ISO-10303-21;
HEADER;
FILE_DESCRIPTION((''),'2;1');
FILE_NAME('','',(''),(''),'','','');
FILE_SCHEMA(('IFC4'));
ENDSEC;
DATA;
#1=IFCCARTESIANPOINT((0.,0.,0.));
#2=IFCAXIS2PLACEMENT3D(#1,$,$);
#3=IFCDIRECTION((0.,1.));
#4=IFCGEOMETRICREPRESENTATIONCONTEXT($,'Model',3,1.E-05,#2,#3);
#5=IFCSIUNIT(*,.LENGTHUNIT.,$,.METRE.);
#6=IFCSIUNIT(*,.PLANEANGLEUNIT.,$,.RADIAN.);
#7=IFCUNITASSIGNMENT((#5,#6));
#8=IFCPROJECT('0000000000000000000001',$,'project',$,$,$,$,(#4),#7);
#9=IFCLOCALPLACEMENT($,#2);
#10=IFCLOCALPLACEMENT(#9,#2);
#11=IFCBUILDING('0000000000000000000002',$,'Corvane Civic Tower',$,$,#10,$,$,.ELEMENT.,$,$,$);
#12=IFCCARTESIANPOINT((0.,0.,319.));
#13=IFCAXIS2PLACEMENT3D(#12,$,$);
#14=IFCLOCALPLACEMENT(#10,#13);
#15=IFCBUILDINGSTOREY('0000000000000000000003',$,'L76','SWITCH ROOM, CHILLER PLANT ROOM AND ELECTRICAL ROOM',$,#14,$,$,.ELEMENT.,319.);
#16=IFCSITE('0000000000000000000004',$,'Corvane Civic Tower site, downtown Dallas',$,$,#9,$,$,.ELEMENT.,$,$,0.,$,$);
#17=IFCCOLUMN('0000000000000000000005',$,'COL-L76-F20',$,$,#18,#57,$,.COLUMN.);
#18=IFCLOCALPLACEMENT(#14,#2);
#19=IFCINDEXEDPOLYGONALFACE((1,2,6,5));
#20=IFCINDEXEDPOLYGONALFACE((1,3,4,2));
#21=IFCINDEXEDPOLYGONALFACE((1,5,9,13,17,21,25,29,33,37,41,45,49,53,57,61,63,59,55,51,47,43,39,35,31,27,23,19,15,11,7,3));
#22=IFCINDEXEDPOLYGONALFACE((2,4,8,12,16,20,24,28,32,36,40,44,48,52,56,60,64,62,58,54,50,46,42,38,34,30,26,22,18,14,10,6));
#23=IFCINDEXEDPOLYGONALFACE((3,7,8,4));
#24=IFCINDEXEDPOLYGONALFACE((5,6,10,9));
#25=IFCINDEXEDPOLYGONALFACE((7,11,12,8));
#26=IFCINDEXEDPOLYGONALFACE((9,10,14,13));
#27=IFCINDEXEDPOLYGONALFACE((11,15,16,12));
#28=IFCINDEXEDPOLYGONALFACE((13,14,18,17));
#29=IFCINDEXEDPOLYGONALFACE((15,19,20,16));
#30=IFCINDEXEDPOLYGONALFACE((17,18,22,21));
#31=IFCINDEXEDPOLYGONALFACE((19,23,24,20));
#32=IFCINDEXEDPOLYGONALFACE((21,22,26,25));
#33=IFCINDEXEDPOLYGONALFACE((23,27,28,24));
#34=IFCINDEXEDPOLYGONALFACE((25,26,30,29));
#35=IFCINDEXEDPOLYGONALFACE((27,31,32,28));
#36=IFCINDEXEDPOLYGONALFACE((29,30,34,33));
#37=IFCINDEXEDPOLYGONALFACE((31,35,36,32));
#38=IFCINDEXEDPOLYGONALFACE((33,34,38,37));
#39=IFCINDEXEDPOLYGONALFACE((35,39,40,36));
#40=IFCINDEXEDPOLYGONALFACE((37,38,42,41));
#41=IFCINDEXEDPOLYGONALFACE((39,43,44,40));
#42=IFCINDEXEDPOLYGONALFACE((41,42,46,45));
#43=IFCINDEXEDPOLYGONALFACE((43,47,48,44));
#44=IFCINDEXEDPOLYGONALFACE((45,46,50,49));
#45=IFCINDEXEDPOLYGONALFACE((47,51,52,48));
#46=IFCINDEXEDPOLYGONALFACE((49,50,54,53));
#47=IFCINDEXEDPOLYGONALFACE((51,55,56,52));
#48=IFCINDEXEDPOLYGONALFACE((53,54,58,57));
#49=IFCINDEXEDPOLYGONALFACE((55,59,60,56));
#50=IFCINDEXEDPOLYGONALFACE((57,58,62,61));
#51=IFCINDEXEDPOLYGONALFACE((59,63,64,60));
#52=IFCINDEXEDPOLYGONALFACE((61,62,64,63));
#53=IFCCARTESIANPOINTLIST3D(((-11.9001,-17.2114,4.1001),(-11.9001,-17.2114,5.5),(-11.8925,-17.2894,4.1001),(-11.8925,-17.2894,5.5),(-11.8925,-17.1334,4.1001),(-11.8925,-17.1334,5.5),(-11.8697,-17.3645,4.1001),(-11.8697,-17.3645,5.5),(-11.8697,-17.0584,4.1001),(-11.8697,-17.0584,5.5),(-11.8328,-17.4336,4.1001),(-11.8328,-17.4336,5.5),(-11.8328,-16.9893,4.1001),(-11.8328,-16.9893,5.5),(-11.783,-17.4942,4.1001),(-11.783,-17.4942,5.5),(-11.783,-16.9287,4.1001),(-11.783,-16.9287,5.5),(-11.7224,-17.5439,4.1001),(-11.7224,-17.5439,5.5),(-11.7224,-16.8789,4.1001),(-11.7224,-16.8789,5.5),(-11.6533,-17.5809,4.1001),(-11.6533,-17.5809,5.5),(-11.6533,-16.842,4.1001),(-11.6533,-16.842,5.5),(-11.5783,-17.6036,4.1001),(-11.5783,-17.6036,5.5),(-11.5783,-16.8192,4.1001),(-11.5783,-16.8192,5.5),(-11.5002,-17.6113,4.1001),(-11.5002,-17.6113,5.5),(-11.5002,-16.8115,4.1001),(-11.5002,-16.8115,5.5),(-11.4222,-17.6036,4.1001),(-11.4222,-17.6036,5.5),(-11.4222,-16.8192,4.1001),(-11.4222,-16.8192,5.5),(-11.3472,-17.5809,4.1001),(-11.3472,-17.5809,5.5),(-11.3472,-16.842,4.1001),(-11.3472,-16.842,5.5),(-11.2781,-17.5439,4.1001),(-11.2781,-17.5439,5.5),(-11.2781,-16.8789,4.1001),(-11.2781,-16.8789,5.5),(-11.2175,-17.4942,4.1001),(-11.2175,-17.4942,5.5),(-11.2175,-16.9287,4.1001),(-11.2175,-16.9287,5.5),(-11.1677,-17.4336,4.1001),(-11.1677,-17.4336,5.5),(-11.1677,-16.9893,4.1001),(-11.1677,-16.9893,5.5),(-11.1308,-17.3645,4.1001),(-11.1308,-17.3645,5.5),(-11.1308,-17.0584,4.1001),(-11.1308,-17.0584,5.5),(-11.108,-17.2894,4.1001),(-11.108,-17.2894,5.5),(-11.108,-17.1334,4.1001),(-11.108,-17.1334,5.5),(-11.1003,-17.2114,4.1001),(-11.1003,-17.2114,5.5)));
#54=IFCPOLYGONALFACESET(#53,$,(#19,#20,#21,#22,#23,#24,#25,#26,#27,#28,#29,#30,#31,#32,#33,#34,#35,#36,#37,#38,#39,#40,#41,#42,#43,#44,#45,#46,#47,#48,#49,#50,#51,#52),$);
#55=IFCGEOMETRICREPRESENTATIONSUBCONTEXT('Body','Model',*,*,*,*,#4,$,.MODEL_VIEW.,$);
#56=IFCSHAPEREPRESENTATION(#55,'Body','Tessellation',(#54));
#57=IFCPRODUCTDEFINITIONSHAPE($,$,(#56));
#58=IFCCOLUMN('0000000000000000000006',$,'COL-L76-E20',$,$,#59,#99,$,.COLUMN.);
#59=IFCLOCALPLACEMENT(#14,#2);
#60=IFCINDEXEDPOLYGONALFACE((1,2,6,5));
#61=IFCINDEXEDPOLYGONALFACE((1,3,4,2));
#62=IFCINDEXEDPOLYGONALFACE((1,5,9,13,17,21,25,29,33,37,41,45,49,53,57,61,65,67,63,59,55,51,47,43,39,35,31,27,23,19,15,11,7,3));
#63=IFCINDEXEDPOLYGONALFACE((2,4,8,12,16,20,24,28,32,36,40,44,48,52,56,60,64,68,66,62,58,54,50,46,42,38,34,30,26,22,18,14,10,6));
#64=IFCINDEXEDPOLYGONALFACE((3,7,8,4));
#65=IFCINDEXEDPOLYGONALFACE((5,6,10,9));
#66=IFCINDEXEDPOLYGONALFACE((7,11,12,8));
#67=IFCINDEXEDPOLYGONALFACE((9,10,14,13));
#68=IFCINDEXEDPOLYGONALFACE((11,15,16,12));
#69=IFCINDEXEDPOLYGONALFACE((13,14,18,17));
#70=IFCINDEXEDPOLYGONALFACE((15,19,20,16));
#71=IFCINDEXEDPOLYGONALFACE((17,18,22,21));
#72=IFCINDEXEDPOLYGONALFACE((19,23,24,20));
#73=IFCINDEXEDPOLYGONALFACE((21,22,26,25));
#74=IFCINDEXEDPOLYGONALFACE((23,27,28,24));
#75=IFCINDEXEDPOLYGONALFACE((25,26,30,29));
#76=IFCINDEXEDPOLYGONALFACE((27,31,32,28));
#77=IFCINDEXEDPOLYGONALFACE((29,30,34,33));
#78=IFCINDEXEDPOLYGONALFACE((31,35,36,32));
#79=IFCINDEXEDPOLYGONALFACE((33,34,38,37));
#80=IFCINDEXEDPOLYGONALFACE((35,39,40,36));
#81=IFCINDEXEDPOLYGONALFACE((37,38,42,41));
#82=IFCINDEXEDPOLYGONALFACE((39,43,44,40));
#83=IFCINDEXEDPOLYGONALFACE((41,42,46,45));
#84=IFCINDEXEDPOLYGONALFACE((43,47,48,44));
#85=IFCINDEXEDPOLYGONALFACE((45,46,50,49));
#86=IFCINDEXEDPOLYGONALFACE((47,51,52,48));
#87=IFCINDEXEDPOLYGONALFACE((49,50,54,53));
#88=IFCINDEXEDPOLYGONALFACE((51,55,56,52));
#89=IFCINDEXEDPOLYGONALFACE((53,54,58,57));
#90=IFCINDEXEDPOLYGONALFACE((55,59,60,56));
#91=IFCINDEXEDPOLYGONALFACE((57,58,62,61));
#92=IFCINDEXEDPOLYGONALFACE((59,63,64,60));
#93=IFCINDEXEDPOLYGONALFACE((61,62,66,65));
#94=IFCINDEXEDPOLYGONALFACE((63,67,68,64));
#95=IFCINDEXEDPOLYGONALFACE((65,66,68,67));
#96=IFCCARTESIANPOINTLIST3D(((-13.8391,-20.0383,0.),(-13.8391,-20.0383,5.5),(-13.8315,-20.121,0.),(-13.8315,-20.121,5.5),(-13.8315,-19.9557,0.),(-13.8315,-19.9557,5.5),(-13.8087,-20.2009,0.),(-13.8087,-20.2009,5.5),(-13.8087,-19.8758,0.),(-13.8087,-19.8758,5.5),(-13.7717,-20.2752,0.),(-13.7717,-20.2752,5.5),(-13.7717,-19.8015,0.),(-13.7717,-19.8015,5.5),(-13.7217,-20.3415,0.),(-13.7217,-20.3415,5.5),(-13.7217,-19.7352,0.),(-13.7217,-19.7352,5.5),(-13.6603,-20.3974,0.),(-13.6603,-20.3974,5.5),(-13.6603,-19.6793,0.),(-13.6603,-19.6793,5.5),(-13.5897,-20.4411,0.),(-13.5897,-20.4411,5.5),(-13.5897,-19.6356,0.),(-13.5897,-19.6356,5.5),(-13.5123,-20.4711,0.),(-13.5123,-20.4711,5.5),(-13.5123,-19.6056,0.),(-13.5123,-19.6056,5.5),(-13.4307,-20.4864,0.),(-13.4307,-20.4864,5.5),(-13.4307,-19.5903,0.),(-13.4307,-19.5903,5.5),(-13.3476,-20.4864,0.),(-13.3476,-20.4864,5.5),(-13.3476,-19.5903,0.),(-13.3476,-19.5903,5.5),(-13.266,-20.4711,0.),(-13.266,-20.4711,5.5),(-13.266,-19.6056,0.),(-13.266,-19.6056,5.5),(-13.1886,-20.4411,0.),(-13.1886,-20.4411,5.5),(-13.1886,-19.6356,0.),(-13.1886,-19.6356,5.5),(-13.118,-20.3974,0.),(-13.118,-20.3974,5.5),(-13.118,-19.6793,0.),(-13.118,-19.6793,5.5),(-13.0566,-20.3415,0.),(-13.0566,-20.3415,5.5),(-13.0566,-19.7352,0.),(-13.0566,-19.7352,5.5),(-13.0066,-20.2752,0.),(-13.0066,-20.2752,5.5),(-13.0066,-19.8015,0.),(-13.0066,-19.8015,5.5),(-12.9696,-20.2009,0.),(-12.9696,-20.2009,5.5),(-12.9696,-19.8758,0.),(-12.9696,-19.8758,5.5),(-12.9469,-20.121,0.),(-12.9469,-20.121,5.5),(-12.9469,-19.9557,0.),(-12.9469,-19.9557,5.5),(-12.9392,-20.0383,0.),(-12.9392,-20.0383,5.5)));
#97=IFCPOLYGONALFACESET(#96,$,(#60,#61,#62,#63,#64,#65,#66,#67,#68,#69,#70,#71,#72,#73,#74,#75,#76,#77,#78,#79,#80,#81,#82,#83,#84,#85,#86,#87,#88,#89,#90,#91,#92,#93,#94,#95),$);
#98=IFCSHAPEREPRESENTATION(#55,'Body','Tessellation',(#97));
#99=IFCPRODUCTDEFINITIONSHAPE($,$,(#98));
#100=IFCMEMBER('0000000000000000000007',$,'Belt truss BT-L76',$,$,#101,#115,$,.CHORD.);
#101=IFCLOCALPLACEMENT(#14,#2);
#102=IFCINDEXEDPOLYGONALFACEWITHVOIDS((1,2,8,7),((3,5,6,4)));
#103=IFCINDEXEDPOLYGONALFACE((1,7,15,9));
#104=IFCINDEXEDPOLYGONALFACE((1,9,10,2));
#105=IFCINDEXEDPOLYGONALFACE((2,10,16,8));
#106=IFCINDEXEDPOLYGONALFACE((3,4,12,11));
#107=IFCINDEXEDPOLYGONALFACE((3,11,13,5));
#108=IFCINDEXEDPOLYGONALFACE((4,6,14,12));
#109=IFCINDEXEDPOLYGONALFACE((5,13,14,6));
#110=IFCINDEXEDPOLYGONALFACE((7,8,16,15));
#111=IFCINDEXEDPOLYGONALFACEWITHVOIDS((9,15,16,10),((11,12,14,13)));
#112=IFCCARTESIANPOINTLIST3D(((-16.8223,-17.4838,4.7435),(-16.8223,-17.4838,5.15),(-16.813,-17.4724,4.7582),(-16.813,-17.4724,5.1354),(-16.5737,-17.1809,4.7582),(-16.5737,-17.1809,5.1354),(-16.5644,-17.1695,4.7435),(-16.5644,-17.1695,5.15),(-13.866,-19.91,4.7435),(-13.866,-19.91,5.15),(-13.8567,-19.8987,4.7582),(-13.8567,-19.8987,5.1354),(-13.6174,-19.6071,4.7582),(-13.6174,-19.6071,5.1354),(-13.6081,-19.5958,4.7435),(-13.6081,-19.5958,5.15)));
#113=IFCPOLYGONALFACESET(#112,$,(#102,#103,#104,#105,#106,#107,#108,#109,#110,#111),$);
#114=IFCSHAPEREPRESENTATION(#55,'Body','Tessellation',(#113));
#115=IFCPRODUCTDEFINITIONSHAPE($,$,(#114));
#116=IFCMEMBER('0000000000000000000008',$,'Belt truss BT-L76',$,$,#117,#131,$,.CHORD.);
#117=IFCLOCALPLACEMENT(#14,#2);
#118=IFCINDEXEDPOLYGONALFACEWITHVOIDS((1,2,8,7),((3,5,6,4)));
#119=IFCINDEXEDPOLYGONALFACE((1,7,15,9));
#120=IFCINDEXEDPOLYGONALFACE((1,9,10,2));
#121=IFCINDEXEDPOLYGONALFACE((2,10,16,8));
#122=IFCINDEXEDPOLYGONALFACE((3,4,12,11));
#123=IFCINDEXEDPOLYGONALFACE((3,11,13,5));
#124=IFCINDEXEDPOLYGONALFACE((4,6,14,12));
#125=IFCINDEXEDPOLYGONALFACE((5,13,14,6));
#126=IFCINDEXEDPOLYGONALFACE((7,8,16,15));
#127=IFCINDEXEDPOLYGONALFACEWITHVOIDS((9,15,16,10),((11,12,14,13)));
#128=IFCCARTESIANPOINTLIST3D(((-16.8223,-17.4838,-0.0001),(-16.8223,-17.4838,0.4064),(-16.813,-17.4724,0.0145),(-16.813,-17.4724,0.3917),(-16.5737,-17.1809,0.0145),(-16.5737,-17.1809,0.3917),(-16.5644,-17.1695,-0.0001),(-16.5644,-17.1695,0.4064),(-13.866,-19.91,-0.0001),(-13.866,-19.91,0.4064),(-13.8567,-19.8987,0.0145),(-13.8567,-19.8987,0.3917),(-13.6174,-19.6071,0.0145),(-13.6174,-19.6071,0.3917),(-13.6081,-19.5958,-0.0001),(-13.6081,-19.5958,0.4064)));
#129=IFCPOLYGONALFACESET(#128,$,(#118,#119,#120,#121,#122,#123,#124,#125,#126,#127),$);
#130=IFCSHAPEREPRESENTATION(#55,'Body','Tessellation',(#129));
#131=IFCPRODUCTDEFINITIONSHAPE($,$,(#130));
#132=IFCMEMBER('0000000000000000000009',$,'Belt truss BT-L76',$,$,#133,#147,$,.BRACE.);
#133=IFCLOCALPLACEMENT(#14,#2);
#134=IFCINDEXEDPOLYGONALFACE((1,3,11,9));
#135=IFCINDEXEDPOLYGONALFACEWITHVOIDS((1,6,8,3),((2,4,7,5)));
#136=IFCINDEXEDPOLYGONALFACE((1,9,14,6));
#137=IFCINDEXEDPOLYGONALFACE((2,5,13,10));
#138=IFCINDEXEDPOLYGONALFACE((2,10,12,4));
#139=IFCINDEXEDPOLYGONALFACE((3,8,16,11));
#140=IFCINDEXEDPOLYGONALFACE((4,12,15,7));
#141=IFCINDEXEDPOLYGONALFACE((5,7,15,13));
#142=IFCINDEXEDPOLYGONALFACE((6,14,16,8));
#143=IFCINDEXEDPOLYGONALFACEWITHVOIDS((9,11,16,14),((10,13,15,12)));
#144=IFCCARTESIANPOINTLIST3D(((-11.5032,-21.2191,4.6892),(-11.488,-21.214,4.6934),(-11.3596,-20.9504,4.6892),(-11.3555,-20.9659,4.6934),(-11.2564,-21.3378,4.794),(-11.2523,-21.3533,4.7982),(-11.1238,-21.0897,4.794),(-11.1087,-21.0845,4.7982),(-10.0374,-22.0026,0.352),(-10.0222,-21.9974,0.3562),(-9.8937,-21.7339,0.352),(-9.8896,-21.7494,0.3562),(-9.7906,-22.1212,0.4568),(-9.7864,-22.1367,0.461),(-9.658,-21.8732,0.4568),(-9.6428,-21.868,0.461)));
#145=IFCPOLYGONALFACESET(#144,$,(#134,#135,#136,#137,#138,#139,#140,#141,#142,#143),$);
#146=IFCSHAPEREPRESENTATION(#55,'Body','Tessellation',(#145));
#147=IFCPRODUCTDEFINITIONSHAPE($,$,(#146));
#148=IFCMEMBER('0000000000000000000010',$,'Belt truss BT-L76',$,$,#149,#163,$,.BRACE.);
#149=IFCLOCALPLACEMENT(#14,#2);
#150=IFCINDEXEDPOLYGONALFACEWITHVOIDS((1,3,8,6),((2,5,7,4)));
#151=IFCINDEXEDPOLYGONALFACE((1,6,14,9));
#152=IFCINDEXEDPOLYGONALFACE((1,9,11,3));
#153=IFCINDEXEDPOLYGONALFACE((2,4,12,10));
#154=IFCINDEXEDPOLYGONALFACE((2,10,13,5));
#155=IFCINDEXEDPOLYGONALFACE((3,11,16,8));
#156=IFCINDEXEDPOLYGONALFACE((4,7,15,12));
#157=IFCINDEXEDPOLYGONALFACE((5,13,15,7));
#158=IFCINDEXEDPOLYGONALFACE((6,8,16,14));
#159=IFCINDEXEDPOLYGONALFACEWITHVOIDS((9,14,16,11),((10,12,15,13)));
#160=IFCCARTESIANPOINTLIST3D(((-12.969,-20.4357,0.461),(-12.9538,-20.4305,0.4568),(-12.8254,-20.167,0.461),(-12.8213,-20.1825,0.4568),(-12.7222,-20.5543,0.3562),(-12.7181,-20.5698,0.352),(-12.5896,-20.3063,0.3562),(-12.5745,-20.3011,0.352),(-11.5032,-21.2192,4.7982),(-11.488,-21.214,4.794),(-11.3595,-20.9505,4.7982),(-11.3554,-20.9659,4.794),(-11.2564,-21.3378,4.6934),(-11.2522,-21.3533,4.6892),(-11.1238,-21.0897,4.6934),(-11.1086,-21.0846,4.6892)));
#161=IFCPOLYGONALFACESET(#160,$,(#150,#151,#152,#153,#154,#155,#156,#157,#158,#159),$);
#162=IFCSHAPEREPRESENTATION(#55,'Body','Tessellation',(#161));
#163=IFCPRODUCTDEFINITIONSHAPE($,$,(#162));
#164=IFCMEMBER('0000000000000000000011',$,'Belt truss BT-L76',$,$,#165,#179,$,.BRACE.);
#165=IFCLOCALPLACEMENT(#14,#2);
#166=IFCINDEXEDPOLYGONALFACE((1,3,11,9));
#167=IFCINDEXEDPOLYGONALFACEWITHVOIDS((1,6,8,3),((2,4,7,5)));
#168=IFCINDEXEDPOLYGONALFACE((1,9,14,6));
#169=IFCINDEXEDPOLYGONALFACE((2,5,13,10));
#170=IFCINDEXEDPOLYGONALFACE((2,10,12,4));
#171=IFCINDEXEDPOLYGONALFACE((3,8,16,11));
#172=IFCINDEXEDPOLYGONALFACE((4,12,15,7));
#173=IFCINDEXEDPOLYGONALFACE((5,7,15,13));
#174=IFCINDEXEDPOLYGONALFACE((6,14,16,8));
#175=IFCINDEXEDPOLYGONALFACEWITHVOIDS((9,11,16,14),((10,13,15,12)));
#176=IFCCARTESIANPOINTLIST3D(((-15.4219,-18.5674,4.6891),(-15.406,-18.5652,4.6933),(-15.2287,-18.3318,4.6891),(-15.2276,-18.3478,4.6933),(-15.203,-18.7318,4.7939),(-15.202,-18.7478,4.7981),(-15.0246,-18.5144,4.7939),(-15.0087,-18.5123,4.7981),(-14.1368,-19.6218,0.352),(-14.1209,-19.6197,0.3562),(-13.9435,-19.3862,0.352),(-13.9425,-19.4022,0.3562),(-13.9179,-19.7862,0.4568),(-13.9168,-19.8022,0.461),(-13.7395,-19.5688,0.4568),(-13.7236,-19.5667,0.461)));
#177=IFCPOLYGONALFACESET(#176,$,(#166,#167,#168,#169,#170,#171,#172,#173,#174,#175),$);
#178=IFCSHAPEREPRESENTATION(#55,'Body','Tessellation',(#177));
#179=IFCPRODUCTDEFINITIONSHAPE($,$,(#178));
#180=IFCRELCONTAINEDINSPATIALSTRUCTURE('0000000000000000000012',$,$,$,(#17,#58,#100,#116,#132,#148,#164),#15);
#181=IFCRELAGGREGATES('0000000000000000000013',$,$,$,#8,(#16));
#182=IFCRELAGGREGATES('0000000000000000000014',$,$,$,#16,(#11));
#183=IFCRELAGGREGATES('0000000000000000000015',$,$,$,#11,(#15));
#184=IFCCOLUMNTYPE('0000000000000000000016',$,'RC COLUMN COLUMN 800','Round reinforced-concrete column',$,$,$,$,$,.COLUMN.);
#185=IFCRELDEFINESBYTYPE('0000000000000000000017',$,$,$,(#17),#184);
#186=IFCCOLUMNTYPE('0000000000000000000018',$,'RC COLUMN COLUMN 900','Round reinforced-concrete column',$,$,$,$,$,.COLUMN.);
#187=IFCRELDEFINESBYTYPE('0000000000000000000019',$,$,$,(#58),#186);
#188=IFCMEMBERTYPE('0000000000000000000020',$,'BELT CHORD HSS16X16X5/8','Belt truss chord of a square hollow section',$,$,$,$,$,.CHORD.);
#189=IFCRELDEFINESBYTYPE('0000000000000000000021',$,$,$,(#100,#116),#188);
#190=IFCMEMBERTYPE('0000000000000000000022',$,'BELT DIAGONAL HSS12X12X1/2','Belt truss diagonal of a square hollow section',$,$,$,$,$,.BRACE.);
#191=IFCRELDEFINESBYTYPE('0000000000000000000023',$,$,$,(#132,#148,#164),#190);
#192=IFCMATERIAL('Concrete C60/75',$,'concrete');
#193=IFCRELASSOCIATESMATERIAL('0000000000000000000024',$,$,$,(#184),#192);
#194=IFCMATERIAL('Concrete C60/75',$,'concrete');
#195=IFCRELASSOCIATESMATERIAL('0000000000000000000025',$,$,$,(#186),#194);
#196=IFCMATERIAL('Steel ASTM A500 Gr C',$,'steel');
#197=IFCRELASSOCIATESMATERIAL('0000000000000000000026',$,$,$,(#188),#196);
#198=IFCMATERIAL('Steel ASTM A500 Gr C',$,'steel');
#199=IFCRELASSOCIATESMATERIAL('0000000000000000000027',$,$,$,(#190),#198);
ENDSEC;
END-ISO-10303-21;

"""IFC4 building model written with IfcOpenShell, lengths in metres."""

from ifc_helpers import new_model, si_unit, direction, frame, origin, origin_2d, place, context, subcontext, project, spatial, hollow_rectangle, circle, extrude, material, material_profile, profile_set, type_object, element, save


model = new_model("IFC4")

# Units and contexts
model_context = context("Model", 3, precision=1e-05, world=origin(), true_north=direction((0.0, 1.0)))
body_context = subcontext(model_context, "Body", "Model", "MODEL_VIEW")
ifc_project = project(units=[si_unit("LENGTHUNIT", "METRE"), si_unit("PLANEANGLEUNIT", "RADIAN")], contexts=[model_context])

# Site, building, storey
site_placement = place(None, origin())
site = spatial("IfcSite", under=ifc_project, at=site_placement, Name="Corvane Civic Tower site, downtown Dallas", CompositionType="ELEMENT", RefElevation=0.0)
building_placement = place(site_placement, origin())
building = spatial("IfcBuilding", under=site, at=building_placement, Name="Corvane Civic Tower", CompositionType="ELEMENT")
storey_placement = place(building_placement, frame((0.0, 0.0, 319.0)))
storey = spatial("IfcBuildingStorey", under=building, at=storey_placement, Name="L76", Description="SWITCH ROOM, CHILLER PLANT ROOM AND ELECTRICAL ROOM", CompositionType="ELEMENT", Elevation=319.0)

# Columns
ifc_material_1 = material(Name="Concrete C60/75", Category="concrete")
ifc_material_profile_1 = material_profile(ifc_material_1, circle(Radius=0.3999, at=origin_2d()), Name="COLUMN 800")
ifc_profile_set_1 = profile_set([ifc_material_profile_1], Name="Concrete C60/75")
column_type_1 = type_object("IfcColumnType", Name="RC COLUMN COLUMN 800", Description="Round reinforced-concrete column", PredefinedType="COLUMN", material=ifc_profile_set_1)
column_1_placement = place(storey_placement, frame((-11.5002, -17.2114, 4.1001), z_axis=(0.0, 0.0, 1.0), x_axis=(1.0, 0.0, 0.0)))
element("IfcColumn", 1, at=column_1_placement, inside=storey, type_object=column_type_1, Name="COL-L76-F20", PredefinedType="COLUMN", context=body_context, shape_type="SweptSolid", body=[
    extrude(circle(Radius=0.3999, at=origin_2d()), origin(), (0.0, 0.0, 1.0), 1.3999),
])
ifc_material_2 = material(Name="Concrete C60/75", Category="concrete")
ifc_material_profile_2 = material_profile(ifc_material_2, circle(Radius=0.45, at=origin_2d()), Name="COLUMN 900")
ifc_profile_set_2 = profile_set([ifc_material_profile_2], Name="Concrete C60/75")
column_type_2 = type_object("IfcColumnType", Name="RC COLUMN COLUMN 900", Description="Round reinforced-concrete column", PredefinedType="COLUMN", material=ifc_profile_set_2)
column_2_placement = place(storey_placement, frame((-13.3892, -20.0383, 0.0), z_axis=(0.0, 0.0, 1.0), x_axis=(1.0, 0.0, 0.0)))
element("IfcColumn", 2, at=column_2_placement, inside=storey, type_object=column_type_2, Name="COL-L76-E20", PredefinedType="COLUMN", context=body_context, shape_type="SweptSolid", body=[
    extrude(circle(Radius=0.45, at=origin_2d()), origin(), (0.0, 0.0, 1.0), 5.5),
])

# Members
ifc_material_3 = material(Name="Steel ASTM A500 Gr C", Category="steel")
ifc_material_profile_3 = material_profile(ifc_material_3, hollow_rectangle(XDim=0.4065, YDim=0.4065, WallThickness=0.0146, at=origin_2d()), Name="HSS16X16X5/8")
ifc_profile_set_3 = profile_set([ifc_material_profile_3], Name="Steel ASTM A500 Gr C")
member_type_1 = type_object("IfcMemberType", Name="BELT CHORD HSS16X16X5/8", Description="Belt truss chord of a square hollow section", PredefinedType="CHORD", material=ifc_profile_set_3)
for number, where, z_axis, x_axis, name in (
    (3, (-13.7371, -19.7529, 4.9468), (-0.772998, 0.634409, 0.0), (-0.634409, -0.772998, 0.0), "Belt truss BT-L76"),
    (4, (-13.7371, -19.7529, 0.2031), (-0.772998, 0.634409, 0.0), (-0.634409, -0.772998, 0.0), "Belt truss BT-L76"),
):
    element("IfcMember", number, at=place(storey_placement, frame(where, z_axis=z_axis, x_axis=x_axis)), inside=storey, type_object=member_type_1, Name=name, PredefinedType="CHORD", context=body_context, shape_type="SweptSolid", body=[
        extrude(hollow_rectangle(XDim=0.4065, YDim=0.4065, WallThickness=0.0146, at=origin_2d()), origin(), (0.0, 0.0, 1.0), 3.8245),
    ])
ifc_material_4 = material(Name="Steel ASTM A500 Gr C", Category="steel")
ifc_material_profile_4 = material_profile(ifc_material_4, hollow_rectangle(XDim=0.3047, YDim=0.3047, WallThickness=0.0117, at=origin_2d()), Name="HSS12X12X1/2")
ifc_profile_set_4 = profile_set([ifc_material_profile_4], Name="Steel ASTM A500 Gr C")
member_type_2 = type_object("IfcMemberType", Name="BELT DIAGONAL HSS12X12X1/2", Description="Belt truss diagonal of a square hollow section", PredefinedType="BRACE", material=ifc_profile_set_4)
for number, where, z_axis, x_axis, name in (
    (5, (-9.8401, -21.9353, 0.4065), (-0.315589, 0.168675, 0.933784), (-0.471373, -0.881934, 0.0), "Belt truss BT-L76"),
    (6, (-12.7717, -20.3684, 0.4065), (0.315589, -0.168675, 0.933784), (0.471373, 0.881934, 0.0), "Belt truss BT-L76"),
    (7, (-13.9302, -19.5942, 0.4065), (-0.276685, 0.227015, 0.933761), (-0.634301, -0.773086, 0.0), "Belt truss BT-L76"),
):
    element("IfcMember", number, at=place(storey_placement, frame(where, z_axis=z_axis, x_axis=x_axis)), inside=storey, type_object=member_type_2, Name=name, PredefinedType="BRACE", context=body_context, shape_type="SweptSolid", body=[
        extrude(hollow_rectangle(XDim=0.3047, YDim=0.3047, WallThickness=0.0117, at=origin_2d()), origin(), (0.0, 0.0, 1.0), 4.6448),
    ])

save(model, "model.ifc")
